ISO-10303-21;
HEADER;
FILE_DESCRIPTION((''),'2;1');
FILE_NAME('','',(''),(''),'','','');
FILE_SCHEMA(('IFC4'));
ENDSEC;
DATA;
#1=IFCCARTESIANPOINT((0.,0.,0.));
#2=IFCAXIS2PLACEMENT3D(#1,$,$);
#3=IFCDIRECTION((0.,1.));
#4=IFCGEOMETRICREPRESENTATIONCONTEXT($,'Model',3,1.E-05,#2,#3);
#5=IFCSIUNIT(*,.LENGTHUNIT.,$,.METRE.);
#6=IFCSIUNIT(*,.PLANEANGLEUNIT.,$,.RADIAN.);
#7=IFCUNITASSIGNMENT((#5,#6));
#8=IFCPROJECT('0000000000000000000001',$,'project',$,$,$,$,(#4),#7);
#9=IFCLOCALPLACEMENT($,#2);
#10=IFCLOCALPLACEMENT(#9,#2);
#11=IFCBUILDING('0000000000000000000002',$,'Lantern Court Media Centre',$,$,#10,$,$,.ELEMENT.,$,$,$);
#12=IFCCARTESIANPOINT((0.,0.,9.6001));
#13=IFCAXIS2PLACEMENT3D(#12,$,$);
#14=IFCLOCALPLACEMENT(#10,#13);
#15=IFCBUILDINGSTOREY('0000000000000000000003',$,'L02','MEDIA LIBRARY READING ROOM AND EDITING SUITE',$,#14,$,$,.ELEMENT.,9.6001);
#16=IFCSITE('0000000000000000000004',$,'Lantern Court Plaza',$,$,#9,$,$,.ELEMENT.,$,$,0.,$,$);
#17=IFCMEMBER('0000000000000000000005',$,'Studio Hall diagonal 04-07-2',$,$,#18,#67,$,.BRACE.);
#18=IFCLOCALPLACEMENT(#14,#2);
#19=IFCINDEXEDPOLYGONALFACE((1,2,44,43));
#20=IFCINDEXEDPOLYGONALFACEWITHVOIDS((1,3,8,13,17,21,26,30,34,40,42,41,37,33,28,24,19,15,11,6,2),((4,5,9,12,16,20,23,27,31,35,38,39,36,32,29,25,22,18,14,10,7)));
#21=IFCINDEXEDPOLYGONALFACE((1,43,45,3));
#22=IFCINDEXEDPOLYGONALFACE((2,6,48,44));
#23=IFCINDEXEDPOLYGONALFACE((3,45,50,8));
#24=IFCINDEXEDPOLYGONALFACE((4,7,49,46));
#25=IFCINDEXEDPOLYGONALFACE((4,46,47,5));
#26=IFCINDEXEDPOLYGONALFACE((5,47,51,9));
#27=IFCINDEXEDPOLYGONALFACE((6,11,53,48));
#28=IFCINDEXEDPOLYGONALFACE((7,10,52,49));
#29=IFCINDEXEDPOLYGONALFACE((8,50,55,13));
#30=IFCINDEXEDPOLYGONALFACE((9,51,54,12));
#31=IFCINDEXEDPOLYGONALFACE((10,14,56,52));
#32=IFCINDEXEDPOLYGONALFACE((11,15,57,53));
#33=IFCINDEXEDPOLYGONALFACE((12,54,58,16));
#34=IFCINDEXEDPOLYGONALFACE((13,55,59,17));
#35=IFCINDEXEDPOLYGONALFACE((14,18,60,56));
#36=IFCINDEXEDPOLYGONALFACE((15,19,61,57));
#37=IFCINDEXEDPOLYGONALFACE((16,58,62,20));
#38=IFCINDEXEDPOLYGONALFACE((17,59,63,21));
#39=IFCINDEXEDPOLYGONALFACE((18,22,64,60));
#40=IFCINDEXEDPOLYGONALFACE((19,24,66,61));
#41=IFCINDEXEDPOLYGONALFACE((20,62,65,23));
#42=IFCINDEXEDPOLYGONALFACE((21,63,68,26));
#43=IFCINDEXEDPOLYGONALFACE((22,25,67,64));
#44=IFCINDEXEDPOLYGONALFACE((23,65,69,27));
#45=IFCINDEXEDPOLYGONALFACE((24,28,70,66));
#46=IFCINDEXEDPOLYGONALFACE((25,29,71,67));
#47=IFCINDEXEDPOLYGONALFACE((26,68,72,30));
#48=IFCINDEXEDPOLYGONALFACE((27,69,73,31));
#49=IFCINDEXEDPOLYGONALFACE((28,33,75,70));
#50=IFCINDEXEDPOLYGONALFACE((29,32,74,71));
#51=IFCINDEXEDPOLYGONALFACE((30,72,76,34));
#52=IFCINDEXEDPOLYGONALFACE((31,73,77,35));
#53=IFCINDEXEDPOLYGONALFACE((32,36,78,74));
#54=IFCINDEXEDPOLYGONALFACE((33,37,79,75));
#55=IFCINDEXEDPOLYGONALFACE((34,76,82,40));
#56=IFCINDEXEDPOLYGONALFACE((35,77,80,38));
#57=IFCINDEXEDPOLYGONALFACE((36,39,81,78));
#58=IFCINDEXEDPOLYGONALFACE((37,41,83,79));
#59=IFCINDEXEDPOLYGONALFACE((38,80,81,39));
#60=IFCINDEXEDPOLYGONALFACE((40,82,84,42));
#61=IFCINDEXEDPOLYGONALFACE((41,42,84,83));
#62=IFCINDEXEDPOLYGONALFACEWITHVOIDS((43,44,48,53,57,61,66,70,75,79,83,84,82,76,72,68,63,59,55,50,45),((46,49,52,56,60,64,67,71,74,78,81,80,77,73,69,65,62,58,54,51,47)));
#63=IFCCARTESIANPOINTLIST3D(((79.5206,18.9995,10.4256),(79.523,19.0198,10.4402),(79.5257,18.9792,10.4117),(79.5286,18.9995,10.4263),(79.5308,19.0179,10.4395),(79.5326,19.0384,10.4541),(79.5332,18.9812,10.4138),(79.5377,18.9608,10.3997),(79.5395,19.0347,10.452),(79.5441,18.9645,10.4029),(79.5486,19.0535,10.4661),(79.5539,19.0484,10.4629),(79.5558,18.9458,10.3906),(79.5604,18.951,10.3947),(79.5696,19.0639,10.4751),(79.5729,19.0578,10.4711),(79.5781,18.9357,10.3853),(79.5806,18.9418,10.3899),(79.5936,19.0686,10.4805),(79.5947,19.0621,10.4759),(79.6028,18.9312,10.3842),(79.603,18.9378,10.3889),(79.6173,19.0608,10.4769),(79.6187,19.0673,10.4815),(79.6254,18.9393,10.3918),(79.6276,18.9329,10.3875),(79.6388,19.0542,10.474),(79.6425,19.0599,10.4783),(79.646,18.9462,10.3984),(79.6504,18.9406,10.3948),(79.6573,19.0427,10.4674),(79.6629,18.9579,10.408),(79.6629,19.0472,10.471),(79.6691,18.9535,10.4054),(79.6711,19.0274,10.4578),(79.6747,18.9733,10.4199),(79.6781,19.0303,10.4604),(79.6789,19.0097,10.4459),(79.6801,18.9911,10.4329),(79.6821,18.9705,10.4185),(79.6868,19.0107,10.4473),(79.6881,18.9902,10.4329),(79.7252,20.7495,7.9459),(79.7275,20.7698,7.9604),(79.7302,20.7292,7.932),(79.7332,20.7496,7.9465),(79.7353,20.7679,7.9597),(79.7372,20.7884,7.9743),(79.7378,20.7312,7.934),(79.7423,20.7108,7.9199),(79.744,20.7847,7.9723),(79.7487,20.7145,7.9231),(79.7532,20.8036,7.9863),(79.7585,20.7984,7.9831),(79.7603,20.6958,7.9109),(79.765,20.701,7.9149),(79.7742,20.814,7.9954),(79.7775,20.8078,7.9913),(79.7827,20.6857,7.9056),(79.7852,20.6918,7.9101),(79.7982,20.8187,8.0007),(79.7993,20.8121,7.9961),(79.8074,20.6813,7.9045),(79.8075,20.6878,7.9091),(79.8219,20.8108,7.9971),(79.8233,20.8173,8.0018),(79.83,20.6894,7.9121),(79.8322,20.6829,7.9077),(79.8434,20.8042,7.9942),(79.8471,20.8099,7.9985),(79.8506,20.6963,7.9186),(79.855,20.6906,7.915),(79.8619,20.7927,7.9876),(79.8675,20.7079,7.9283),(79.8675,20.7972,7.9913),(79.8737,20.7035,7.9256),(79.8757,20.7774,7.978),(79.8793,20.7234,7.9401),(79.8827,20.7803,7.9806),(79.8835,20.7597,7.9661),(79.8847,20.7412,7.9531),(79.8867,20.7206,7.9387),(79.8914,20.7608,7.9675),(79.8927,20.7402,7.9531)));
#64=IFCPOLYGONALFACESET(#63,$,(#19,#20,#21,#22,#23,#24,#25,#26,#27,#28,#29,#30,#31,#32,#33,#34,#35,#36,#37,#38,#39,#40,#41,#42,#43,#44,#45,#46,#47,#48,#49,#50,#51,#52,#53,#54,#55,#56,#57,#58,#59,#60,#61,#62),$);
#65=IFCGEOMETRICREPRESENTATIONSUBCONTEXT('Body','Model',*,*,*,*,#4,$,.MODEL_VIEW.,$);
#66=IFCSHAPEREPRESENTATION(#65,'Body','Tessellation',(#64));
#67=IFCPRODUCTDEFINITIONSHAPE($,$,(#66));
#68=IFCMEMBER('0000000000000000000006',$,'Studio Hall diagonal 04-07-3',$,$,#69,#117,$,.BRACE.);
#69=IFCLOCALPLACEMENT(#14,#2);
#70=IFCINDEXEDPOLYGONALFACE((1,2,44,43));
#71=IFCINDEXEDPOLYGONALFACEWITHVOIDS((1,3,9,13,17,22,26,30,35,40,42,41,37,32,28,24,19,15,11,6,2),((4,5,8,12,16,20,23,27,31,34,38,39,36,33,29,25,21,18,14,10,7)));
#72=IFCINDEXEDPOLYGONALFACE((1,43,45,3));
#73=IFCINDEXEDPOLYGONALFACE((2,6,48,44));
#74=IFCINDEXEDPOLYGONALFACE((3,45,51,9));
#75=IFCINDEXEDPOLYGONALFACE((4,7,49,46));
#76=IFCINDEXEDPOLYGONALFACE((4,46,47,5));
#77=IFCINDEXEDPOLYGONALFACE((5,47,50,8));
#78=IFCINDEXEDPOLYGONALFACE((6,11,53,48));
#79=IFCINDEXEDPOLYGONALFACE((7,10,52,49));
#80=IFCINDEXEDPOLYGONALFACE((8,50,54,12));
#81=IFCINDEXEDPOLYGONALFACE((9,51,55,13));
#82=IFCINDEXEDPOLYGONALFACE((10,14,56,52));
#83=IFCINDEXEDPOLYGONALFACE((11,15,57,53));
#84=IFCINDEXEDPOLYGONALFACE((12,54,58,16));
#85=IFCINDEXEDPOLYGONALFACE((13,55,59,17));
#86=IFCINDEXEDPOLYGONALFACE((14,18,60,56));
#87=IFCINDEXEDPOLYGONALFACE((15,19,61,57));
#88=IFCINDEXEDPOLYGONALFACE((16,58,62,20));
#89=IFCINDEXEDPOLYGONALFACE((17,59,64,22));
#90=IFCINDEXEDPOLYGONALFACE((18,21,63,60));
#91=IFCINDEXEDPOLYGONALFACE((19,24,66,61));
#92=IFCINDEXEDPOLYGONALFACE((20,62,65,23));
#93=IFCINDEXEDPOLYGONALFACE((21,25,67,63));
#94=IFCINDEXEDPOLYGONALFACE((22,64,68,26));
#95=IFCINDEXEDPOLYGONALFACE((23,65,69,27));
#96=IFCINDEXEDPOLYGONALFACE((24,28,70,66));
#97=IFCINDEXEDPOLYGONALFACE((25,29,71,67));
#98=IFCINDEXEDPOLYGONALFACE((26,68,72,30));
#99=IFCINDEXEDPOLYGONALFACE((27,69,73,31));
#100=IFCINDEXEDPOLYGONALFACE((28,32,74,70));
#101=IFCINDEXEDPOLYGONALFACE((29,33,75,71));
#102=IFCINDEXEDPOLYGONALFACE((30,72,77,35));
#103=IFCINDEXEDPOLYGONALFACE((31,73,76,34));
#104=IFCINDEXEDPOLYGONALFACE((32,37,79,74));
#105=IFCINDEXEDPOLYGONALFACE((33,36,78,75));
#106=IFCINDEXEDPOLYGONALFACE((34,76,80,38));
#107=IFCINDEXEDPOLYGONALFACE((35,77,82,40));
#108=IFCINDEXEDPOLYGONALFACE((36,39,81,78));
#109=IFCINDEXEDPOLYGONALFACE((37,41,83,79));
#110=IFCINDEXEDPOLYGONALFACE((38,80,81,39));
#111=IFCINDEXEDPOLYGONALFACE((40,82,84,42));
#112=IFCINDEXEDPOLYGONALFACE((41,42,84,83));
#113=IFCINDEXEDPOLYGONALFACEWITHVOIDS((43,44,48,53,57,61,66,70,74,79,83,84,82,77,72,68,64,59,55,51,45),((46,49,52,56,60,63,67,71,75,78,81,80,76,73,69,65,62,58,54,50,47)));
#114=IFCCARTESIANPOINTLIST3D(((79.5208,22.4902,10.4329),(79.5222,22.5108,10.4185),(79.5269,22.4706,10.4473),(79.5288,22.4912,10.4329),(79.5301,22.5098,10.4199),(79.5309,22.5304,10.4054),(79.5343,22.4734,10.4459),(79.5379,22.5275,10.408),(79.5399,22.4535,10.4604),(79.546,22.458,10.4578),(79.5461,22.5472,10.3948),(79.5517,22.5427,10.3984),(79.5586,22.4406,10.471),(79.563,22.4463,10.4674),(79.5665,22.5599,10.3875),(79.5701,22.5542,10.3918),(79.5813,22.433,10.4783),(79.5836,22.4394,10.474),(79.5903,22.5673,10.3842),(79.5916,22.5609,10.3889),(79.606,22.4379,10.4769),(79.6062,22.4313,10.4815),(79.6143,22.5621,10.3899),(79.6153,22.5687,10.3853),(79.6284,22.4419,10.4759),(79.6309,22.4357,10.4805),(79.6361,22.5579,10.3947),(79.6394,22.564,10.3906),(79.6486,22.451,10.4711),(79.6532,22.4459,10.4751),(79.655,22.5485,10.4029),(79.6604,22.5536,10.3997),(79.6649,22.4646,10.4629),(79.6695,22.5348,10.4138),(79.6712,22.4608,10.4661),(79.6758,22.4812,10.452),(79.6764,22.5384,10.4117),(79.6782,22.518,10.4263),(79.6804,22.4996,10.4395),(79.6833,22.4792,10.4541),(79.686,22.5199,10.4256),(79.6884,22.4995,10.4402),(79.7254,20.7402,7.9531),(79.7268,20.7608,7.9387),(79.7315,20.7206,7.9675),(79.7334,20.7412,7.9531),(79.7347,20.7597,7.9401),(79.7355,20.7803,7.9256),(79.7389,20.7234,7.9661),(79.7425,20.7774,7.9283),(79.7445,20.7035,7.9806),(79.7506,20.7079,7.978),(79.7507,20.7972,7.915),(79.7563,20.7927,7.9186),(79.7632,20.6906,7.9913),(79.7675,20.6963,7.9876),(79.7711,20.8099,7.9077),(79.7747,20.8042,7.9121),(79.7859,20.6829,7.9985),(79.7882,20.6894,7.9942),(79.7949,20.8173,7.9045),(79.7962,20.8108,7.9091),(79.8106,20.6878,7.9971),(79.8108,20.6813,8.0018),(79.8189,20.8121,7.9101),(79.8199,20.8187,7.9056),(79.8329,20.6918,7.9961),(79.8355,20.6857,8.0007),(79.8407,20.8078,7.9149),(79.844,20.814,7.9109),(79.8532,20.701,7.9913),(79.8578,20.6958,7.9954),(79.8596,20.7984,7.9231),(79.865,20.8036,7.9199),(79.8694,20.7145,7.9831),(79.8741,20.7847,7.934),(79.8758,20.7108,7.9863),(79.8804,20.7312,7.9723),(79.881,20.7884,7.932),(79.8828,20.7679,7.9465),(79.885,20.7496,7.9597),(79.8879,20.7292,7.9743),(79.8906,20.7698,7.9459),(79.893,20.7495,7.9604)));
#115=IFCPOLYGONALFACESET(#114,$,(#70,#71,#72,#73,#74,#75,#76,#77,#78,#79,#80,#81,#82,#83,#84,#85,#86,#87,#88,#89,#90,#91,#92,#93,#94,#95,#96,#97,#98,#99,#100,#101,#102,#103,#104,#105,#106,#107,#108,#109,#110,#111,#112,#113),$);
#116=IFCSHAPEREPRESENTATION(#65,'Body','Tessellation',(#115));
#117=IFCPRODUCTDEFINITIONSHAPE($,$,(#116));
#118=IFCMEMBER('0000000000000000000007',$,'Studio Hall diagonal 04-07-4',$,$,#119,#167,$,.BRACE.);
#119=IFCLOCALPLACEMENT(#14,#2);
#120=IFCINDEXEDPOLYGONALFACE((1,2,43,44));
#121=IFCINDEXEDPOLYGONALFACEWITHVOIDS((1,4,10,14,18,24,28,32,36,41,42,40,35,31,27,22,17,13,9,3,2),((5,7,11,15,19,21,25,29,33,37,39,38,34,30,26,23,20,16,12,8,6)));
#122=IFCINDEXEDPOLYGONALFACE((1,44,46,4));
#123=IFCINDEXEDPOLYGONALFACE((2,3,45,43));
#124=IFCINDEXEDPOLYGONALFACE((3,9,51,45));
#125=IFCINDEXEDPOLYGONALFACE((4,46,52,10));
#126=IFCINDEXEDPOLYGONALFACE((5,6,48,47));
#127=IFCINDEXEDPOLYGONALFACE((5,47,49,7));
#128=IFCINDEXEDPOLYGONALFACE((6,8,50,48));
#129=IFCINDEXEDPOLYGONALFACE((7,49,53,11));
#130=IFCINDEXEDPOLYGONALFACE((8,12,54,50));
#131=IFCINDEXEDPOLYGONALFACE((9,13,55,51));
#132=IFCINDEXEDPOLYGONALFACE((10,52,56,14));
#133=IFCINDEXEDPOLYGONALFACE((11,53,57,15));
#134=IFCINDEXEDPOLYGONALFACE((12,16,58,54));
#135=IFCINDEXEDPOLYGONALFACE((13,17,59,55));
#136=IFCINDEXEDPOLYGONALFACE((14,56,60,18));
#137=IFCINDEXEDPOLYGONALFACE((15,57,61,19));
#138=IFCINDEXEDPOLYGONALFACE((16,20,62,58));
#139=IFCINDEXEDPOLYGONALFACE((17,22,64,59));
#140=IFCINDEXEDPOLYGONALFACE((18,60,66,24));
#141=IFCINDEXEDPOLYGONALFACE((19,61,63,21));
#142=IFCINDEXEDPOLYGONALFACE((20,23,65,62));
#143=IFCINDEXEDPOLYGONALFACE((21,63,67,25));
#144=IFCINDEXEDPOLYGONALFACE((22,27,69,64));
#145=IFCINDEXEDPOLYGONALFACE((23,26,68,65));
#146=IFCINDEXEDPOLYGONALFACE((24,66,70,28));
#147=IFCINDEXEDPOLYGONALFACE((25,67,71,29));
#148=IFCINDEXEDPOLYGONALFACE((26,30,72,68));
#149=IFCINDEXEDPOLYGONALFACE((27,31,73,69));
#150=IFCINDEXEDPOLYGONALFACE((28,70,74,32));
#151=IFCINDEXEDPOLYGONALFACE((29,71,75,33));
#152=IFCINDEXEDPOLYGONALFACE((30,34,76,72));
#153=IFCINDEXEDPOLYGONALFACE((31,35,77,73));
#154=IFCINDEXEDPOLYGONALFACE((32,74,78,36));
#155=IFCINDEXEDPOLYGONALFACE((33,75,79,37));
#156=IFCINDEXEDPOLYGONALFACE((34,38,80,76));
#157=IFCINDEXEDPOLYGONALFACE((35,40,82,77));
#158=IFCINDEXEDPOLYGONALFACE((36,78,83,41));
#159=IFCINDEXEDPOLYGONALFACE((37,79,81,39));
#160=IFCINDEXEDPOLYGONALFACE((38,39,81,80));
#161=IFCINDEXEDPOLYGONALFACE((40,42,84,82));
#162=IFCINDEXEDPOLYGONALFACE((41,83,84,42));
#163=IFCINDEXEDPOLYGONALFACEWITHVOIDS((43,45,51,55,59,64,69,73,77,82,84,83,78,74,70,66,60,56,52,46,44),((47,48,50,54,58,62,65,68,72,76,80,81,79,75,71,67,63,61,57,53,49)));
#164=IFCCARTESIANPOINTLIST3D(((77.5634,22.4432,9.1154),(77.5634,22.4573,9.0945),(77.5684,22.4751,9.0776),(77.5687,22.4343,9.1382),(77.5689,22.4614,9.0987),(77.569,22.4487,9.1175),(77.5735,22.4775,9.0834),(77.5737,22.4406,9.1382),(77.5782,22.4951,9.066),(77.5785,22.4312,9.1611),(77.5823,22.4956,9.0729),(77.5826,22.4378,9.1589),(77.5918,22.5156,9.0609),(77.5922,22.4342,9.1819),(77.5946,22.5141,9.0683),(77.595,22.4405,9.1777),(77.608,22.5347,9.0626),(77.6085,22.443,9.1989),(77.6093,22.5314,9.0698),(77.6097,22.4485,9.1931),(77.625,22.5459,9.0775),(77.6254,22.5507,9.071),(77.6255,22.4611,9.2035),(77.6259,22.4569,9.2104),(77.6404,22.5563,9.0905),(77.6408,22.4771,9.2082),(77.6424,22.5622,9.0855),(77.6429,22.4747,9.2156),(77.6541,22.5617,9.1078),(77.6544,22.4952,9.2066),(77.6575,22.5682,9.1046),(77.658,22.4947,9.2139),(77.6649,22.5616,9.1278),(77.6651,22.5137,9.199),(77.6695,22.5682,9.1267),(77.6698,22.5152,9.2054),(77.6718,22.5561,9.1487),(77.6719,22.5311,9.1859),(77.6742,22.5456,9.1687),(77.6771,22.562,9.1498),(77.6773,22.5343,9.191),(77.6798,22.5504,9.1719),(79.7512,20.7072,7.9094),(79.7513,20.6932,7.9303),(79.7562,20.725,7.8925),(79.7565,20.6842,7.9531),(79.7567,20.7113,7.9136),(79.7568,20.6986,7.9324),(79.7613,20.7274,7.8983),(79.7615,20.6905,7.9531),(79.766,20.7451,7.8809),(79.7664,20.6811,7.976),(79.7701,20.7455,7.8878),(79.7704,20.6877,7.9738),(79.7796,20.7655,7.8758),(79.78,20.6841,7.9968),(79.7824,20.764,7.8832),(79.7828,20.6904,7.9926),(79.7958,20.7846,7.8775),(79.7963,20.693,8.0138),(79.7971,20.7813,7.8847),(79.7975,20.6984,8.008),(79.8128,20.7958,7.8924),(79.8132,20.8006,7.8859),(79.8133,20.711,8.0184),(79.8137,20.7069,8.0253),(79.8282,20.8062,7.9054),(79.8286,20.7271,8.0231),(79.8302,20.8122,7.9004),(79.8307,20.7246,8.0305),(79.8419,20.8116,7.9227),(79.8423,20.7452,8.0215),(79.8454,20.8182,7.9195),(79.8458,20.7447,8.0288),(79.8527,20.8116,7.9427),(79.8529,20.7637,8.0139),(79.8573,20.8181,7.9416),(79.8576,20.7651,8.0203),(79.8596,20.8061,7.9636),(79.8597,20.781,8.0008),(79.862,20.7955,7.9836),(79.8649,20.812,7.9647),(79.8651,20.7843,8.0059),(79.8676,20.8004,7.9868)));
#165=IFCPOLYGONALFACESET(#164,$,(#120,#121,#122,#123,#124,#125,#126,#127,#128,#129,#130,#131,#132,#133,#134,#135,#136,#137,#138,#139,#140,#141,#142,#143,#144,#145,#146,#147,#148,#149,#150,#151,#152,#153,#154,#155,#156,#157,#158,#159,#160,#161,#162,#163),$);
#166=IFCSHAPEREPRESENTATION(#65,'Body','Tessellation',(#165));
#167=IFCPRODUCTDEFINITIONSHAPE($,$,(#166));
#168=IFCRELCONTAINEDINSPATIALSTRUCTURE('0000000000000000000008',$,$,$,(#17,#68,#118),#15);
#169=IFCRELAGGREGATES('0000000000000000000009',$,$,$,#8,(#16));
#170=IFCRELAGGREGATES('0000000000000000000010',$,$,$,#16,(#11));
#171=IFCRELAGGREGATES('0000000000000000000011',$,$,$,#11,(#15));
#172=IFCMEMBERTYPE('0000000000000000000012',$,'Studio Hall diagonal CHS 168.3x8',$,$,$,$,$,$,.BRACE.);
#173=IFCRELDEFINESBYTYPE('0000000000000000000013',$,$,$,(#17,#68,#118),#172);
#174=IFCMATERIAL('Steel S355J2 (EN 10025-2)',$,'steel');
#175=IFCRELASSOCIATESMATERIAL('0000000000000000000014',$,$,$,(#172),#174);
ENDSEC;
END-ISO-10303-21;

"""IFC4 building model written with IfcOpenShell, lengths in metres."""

from ifc_helpers import new_model, si_unit, direction, frame, origin, origin_2d, place, context, subcontext, project, spatial, hollow_circle, extrude, material, material_profile, profile_set, type_object, element, save


model = new_model("IFC4")

# Units and contexts
model_context = context("Model", 3, precision=1e-05, world=origin(), true_north=direction((0.0, 1.0)))
body_context = subcontext(model_context, "Body", "Model", "MODEL_VIEW")
ifc_project = project(units=[si_unit("LENGTHUNIT", "METRE"), si_unit("PLANEANGLEUNIT", "RADIAN")], contexts=[model_context])

# Site, building, storey
site_placement = place(None, origin())
site = spatial("IfcSite", under=ifc_project, at=site_placement, Name="Lantern Court Plaza", CompositionType="ELEMENT", RefElevation=0.0)
building_placement = place(site_placement, origin())
building = spatial("IfcBuilding", under=site, at=building_placement, Name="Lantern Court Media Centre", CompositionType="ELEMENT")
storey_placement = place(building_placement, frame((0.0, 0.0, 9.6001)))
storey = spatial("IfcBuildingStorey", under=building, at=storey_placement, Name="L02", Description="MEDIA LIBRARY READING ROOM AND EDITING SUITE", CompositionType="ELEMENT", Elevation=9.6001)

# Members
ifc_material = material(Name="Steel S355J2 (EN 10025-2)", Category="steel")
ifc_material_profile_1 = material_profile(ifc_material, hollow_circle(Radius=0.0842, WallThickness=0.0081, at=origin_2d()), Name="Studio Hall diagonal CHS 168.3x8")
ifc_profile_set_1 = profile_set([ifc_material_profile_1], Name="Steel S355J2 (EN 10025-2)")
member_type_1 = type_object("IfcMemberType", Name="Studio Hall diagonal CHS 168.3x8", PredefinedType="BRACE", material=ifc_profile_set_1)
for number, where, z_axis, x_axis, name in (
    (1, (79.8091, 20.75, 7.9531), (-0.067256, -0.575289, 0.81518), (0.993235, -0.116118, 0.0), "Studio Hall diagonal 04-07-2"),
    (2, (79.8091, 20.75, 7.9531), (-0.067256, 0.575289, 0.81518), (-0.993235, -0.116118, 0.0), "Studio Hall diagonal 04-07-3"),
    (3, (79.8091, 20.75, 7.9531), (-0.719206, 0.5753, 0.38958), (-0.624653, -0.780903, 0.0), "Studio Hall diagonal 04-07-4"),
):
    element("IfcMember", number, at=place(storey_placement, frame(where, z_axis=z_axis, x_axis=x_axis)), inside=storey, type_object=member_type_1, Name=name, PredefinedType="BRACE", context=body_context, shape_type="SweptSolid", body=[
        extrude(hollow_circle(Radius=0.0842, WallThickness=0.0081, at=origin_2d()), origin(), (0.0, 0.0, 1.0), 3.042),
    ])

save(model, "model.ifc")
